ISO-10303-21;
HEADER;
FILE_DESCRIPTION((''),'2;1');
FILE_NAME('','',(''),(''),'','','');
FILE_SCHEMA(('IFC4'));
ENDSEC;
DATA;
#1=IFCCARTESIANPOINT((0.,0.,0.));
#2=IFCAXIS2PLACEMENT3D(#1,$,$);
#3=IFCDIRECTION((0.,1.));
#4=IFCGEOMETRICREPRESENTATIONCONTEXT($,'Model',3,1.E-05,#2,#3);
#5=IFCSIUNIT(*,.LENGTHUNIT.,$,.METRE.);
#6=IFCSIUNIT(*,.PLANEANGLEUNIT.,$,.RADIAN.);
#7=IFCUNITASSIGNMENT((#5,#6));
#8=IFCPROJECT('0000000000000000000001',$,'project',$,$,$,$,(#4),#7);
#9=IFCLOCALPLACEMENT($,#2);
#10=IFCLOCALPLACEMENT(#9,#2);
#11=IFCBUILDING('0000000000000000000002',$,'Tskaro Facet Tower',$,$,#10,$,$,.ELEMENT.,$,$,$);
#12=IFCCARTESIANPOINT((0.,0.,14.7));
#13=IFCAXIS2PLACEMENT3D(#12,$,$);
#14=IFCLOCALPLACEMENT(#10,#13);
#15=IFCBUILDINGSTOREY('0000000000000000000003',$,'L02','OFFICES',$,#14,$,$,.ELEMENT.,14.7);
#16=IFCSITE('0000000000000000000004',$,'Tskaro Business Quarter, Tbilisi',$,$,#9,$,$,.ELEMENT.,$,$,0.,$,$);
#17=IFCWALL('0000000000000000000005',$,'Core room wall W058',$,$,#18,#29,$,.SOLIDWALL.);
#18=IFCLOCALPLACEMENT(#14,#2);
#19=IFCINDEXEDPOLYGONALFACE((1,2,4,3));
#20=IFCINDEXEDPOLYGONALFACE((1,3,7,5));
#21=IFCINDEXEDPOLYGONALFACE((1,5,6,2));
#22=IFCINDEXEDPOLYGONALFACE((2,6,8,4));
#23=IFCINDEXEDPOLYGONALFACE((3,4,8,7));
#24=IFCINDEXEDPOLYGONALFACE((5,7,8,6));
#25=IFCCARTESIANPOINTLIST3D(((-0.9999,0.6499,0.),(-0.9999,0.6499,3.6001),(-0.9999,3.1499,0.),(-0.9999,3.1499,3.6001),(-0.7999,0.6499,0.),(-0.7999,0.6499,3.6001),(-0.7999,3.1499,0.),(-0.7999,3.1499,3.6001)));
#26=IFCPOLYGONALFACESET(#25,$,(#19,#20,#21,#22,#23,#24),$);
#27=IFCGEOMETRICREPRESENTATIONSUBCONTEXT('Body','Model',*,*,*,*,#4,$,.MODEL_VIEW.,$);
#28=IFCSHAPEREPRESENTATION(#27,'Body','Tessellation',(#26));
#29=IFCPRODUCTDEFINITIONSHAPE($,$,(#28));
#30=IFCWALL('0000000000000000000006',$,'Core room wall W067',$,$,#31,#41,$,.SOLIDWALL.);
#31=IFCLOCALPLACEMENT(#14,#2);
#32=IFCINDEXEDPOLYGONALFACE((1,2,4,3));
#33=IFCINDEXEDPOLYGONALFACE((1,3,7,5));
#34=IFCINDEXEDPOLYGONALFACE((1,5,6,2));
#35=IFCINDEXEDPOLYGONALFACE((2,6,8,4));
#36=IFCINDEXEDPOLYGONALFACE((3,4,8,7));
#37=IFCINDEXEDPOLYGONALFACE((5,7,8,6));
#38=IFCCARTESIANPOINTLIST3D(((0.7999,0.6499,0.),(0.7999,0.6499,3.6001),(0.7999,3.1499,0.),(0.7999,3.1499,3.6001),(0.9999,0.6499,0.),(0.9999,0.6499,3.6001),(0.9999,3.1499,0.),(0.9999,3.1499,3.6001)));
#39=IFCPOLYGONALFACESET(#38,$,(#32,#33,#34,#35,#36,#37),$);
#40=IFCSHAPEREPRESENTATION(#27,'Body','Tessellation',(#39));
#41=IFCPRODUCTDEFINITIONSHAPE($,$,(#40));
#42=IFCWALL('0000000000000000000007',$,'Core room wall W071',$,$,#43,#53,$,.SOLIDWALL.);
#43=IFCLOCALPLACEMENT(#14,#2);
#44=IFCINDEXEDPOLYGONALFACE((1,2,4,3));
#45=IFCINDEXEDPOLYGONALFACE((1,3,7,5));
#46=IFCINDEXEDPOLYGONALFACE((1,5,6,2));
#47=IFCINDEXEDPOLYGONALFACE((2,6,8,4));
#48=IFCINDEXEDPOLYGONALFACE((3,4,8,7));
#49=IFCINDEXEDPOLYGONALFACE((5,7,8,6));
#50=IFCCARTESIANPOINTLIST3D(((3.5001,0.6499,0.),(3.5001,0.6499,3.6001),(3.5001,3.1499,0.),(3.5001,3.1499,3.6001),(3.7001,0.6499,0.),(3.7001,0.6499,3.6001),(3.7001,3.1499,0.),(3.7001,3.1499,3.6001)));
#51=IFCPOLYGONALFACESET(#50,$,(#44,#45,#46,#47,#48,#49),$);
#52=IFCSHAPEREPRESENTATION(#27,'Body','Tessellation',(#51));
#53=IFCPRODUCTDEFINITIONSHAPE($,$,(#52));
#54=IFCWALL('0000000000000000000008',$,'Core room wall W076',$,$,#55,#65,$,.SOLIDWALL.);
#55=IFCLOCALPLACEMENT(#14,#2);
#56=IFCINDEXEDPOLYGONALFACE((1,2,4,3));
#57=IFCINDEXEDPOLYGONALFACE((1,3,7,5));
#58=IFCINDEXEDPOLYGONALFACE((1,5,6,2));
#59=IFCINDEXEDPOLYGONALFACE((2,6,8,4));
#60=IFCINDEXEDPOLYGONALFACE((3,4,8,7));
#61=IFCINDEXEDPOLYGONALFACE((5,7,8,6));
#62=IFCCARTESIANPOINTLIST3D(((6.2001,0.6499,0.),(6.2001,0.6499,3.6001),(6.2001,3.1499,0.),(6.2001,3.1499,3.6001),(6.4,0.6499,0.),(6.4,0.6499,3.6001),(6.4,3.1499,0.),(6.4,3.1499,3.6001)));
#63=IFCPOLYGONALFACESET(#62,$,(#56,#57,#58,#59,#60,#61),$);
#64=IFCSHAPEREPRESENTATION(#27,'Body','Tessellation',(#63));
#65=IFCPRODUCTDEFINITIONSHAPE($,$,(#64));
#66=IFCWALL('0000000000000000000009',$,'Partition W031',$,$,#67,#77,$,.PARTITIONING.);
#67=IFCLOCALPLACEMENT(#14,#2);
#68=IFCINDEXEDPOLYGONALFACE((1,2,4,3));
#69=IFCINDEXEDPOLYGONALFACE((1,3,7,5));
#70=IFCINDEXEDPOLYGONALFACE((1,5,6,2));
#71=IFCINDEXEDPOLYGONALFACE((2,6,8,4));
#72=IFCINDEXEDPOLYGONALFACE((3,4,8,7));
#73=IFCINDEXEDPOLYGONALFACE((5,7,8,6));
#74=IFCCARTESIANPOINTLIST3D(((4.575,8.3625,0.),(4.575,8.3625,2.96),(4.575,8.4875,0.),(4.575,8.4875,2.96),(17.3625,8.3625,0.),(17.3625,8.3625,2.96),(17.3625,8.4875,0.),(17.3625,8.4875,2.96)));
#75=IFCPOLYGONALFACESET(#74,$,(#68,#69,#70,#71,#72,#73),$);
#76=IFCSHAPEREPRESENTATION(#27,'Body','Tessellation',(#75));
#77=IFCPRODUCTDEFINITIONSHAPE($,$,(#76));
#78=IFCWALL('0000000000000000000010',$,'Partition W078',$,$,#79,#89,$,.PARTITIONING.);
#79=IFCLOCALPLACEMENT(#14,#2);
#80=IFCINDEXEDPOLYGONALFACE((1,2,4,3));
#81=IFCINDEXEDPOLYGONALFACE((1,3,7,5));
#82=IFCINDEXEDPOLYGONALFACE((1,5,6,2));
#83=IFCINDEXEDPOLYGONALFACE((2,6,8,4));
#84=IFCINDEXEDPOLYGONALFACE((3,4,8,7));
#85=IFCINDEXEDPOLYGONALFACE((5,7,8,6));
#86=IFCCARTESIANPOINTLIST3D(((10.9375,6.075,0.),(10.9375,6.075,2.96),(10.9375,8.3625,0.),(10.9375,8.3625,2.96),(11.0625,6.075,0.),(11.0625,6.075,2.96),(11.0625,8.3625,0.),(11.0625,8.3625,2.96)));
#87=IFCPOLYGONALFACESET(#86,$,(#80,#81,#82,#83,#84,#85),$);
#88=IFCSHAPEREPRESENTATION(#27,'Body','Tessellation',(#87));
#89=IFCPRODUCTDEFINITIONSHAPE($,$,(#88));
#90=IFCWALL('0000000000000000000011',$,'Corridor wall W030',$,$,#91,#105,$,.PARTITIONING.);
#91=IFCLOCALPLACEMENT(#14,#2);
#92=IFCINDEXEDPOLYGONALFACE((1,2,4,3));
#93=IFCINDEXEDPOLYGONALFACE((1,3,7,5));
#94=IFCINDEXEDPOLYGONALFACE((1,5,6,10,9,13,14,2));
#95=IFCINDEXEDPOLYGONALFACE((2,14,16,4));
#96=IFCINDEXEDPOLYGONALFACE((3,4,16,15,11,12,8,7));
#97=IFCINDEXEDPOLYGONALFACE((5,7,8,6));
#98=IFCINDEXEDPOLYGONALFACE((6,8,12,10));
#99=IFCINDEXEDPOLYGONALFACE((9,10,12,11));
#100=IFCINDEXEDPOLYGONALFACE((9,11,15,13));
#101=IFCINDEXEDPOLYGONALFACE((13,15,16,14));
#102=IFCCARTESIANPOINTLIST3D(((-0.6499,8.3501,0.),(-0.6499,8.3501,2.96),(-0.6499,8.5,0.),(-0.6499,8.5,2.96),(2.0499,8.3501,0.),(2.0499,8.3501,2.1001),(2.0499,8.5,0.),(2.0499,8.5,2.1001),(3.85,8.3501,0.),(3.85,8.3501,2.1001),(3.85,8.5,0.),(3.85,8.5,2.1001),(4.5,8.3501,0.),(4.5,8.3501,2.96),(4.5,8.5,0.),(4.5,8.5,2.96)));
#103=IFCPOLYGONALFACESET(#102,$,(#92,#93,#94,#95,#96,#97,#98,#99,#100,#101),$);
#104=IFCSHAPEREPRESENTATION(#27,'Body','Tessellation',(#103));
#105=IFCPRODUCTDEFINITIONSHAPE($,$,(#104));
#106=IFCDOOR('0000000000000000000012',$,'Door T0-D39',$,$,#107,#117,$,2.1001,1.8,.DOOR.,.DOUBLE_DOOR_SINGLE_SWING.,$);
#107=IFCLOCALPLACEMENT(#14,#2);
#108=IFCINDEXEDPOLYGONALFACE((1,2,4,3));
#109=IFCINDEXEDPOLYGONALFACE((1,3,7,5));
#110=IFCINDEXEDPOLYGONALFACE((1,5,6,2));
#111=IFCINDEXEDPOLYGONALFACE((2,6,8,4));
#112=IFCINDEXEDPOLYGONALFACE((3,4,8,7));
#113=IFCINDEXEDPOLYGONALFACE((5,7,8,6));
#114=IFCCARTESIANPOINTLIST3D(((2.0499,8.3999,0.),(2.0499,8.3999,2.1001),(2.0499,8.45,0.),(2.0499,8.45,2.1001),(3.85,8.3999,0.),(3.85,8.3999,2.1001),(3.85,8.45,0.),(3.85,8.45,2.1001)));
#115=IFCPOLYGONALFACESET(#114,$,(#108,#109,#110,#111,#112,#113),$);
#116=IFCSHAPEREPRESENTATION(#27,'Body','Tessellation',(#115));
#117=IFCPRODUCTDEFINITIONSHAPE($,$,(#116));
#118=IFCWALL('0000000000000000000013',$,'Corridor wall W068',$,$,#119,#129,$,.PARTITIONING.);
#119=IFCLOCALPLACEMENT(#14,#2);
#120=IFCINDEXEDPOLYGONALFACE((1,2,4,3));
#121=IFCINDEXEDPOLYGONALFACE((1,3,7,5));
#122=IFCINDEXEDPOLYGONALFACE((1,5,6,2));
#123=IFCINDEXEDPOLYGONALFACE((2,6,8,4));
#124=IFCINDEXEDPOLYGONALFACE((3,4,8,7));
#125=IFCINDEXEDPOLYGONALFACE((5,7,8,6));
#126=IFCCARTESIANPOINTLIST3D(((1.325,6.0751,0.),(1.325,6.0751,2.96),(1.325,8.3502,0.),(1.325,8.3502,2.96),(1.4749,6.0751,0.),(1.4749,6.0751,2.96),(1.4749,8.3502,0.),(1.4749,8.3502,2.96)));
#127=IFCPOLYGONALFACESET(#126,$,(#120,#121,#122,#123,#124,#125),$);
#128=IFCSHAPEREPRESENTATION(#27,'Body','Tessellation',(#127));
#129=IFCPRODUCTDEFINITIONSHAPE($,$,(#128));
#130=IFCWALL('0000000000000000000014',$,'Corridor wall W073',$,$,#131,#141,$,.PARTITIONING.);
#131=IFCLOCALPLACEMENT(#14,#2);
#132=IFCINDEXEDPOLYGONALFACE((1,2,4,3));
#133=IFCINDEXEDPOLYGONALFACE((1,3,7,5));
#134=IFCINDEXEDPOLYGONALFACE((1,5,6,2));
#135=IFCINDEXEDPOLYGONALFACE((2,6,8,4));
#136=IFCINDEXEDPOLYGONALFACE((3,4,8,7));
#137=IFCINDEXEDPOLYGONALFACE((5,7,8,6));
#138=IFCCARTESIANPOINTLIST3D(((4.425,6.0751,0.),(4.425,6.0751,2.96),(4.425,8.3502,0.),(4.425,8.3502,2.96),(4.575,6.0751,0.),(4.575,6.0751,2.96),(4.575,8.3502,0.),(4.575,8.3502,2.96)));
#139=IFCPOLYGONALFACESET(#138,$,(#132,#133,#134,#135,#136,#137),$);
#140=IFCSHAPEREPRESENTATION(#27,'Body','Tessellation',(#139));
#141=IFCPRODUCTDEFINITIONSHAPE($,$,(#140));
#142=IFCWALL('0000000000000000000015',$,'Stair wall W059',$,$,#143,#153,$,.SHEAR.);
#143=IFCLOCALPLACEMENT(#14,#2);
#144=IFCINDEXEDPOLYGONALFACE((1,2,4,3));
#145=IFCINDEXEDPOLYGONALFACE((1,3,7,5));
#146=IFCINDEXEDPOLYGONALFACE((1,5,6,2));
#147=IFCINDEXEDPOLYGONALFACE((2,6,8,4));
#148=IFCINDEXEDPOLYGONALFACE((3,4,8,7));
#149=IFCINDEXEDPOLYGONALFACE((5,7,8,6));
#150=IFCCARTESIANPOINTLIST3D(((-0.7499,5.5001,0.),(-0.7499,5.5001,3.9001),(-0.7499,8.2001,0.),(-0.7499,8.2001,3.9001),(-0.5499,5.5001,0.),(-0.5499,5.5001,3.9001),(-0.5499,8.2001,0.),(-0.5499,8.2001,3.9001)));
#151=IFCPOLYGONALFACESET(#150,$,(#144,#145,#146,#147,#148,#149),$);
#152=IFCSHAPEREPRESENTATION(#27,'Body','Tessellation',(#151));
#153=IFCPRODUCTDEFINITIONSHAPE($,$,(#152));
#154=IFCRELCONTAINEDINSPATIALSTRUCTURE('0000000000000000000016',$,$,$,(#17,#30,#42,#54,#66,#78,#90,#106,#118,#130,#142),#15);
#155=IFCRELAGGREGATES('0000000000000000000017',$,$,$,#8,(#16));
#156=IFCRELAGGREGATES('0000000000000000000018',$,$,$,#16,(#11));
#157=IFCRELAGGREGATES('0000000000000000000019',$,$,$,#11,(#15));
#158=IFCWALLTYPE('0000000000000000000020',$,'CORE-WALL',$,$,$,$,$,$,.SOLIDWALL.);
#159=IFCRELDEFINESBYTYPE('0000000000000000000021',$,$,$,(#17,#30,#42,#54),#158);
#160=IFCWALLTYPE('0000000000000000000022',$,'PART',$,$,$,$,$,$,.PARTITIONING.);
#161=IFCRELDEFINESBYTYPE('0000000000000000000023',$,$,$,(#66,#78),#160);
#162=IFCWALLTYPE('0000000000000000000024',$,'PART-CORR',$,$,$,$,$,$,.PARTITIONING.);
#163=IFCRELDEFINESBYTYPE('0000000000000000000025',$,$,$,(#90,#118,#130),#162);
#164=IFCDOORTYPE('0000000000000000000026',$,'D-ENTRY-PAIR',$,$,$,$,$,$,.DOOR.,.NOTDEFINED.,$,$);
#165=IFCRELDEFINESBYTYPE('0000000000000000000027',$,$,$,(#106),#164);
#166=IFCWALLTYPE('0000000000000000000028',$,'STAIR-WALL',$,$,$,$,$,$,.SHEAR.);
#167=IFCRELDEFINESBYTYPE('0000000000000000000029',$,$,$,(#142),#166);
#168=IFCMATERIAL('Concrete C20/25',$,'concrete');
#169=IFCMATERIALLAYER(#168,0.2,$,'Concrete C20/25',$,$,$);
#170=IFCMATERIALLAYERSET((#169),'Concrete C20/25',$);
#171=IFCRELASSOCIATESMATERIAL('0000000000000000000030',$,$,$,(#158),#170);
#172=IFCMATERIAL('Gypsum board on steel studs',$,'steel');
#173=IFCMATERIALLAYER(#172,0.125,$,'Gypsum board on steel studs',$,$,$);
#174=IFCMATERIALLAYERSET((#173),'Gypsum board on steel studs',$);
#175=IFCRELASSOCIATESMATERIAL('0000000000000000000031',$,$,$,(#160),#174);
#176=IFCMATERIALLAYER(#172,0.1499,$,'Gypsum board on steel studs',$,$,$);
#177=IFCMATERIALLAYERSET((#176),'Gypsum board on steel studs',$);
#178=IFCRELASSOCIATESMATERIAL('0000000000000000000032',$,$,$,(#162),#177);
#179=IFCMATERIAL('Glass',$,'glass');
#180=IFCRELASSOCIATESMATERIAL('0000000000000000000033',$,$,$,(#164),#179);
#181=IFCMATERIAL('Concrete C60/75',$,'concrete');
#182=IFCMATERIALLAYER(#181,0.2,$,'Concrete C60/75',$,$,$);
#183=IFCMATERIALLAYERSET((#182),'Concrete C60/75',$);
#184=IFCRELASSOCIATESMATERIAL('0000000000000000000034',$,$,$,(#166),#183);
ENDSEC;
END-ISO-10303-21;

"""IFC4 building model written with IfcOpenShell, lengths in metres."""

from ifc_helpers import new_model, si_unit, direction, frame, frame_2d, origin, place, context, subcontext, project, spatial, rectangle, extrude, material, layer, layer_set, type_object, element, fill, save


model = new_model("IFC4")

# Units and contexts
model_context = context("Model", 3, precision=1e-05, world=origin(), true_north=direction((0.0, 1.0)))
body_context = subcontext(model_context, "Body", "Model", "MODEL_VIEW")
ifc_project = project(units=[si_unit("LENGTHUNIT", "METRE"), si_unit("PLANEANGLEUNIT", "RADIAN")], contexts=[model_context])

# Site, building, storey
site_placement = place(None, origin())
site = spatial("IfcSite", under=ifc_project, at=site_placement, Name="Tskaro Business Quarter, Tbilisi", CompositionType="ELEMENT", RefElevation=0.0)
building_placement = place(site_placement, origin())
building = spatial("IfcBuilding", under=site, at=building_placement, Name="Tskaro Facet Tower", CompositionType="ELEMENT")
storey_placement = place(building_placement, frame((0.0, 0.0, 14.7)))
storey = spatial("IfcBuildingStorey", under=building, at=storey_placement, Name="L02", Description="OFFICES", CompositionType="ELEMENT", Elevation=14.7)

# Shared definitions
ifc_material_1 = material(Name="Concrete C60/75", Category="concrete")

# Walls
ifc_material_2 = material(Name="Concrete C20/25", Category="concrete")
ifc_layer_1 = layer(ifc_material_2, 0.2, Name="Concrete C20/25")
ifc_layer_set_1 = layer_set([ifc_layer_1], Name="Concrete C20/25")
wall_type_1 = type_object("IfcWallType", Name="CORE-WALL", PredefinedType="SOLIDWALL", material=ifc_layer_set_1)
for number, where, z_axis, x_axis, name in (
    (1, (-0.8999, 0.6499, 0.0), (0.0, 0.0, 1.0), (0.0, 1.0, 0.0), "Core room wall W058"),
    (2, (0.8999, 0.6499, 0.0), (0.0, 0.0, 1.0), (0.0, 1.0, 0.0), "Core room wall W067"),
    (3, (3.6001, 0.6499, 0.0), (0.0, 0.0, 1.0), (0.0, 1.0, 0.0), "Core room wall W071"),
    (4, (6.3, 0.6499, 0.0), (0.0, 0.0, 1.0), (0.0, 1.0, 0.0), "Core room wall W076"),
):
    element("IfcWall", number, at=place(storey_placement, frame(where, z_axis=z_axis, x_axis=x_axis)), inside=storey, type_object=wall_type_1, Name=name, PredefinedType="SOLIDWALL", context=body_context, shape_type="SweptSolid", body=[
        extrude(rectangle(XDim=2.5, YDim=0.2, at=frame_2d((1.25, 0.0))), origin(), (0.0, 0.0, 1.0), 3.6001),
    ])
ifc_material_3 = material(Name="Gypsum board on steel studs", Category="steel")
ifc_layer_2 = layer(ifc_material_3, 0.125, Name="Gypsum board on steel studs")
ifc_layer_set_2 = layer_set([ifc_layer_2], Name="Gypsum board on steel studs")
wall_type_2 = type_object("IfcWallType", Name="PART", PredefinedType="PARTITIONING", material=ifc_layer_set_2)
wall_1_placement = place(storey_placement, frame((4.575, 8.425, 0.0), z_axis=(0.0, 0.0, 1.0), x_axis=(1.0, 0.0, 0.0)))
element("IfcWall", 5, at=wall_1_placement, inside=storey, type_object=wall_type_2, Name="Partition W031", PredefinedType="PARTITIONING", context=body_context, shape_type="SweptSolid", body=[
    extrude(rectangle(XDim=12.7876, YDim=0.125, at=frame_2d((6.3938, 0.0))), origin(), (0.0, 0.0, 1.0), 2.96),
])
wall_2_placement = place(storey_placement, frame((11.0, 6.075, 0.0), z_axis=(0.0, 0.0, 1.0), x_axis=(0.0, 1.0, 0.0)))
element("IfcWall", 6, at=wall_2_placement, inside=storey, type_object=wall_type_2, Name="Partition W078", PredefinedType="PARTITIONING", context=body_context, shape_type="SweptSolid", body=[
    extrude(rectangle(XDim=2.2876, YDim=0.125, at=frame_2d((1.1438, 0.0))), origin(), (0.0, 0.0, 1.0), 2.96),
])

# Wall, opening, door
ifc_layer_3 = layer(ifc_material_3, 0.1499, Name="Gypsum board on steel studs")
ifc_layer_set_3 = layer_set([ifc_layer_3], Name="Gypsum board on steel studs")
wall_type_3 = type_object("IfcWallType", Name="PART-CORR", PredefinedType="PARTITIONING", material=ifc_layer_set_3)
wall_3_placement = place(storey_placement, frame((-0.6499, 8.425, 0.0), z_axis=(0.0, 0.0, 1.0), x_axis=(1.0, 0.0, 0.0)))
wall_3 = element("IfcWall", 7, at=wall_3_placement, inside=storey, type_object=wall_type_3, Name="Corridor wall W030", PredefinedType="PARTITIONING", context=body_context, shape_type="SweptSolid", body=[
    extrude(rectangle(XDim=5.1499, YDim=0.1499, at=frame_2d((2.575, 0.0))), origin(), (0.0, 0.0, 1.0), 2.96),
])
opening_placement = place(wall_3_placement, frame((2.7, 0.0, 0.0)))
opening = element("IfcOpeningElement", 8, at=opening_placement, cuts=wall_3, PredefinedType="OPENING", context=body_context, shape_type="SweptSolid", body=[
    extrude(rectangle(XDim=1.8, YDim=2.1001, at=frame_2d((0.8999, 1.05))), frame((0.0, 0.085, 0.0), z_axis=(0.0, -1.0, 0.0), x_axis=(1.0, 0.0, 0.0)), (0.0, 0.0, 1.0), 0.1699),
])
ifc_material_4 = material(Name="Glass", Category="glass")
door_type = type_object("IfcDoorType", Name="D-ENTRY-PAIR", OperationType="NOTDEFINED", PredefinedType="DOOR", material=ifc_material_4)
door_placement = place(opening_placement, origin())
door = element("IfcDoor", 9, at=door_placement, inside=storey, type_object=door_type, Name="Door T0-D39", OperationType="DOUBLE_DOOR_SINGLE_SWING", OverallHeight=2.1001, OverallWidth=1.8, PredefinedType="DOOR", context=body_context, shape_type="SweptSolid", body=[
    extrude(rectangle(XDim=1.8, YDim=2.1001, at=frame_2d((0.8999, 1.05))), frame((0.0, 0.0249, 0.0), z_axis=(0.0, -1.0, 0.0), x_axis=(1.0, 0.0, 0.0)), (0.0, 0.0, 1.0), 0.05),
])
fill(opening, door)

# Walls
for number, where, z_axis, x_axis, name in (
    (10, (1.3999, 6.075, 0.0), (0.0, 0.0, 1.0), (0.0, 1.0, 0.0), "Corridor wall W068"),
    (11, (4.5, 6.075, 0.0), (0.0, 0.0, 1.0), (0.0, 1.0, 0.0), "Corridor wall W073"),
):
    element("IfcWall", number, at=place(storey_placement, frame(where, z_axis=z_axis, x_axis=x_axis)), inside=storey, type_object=wall_type_3, Name=name, PredefinedType="PARTITIONING", context=body_context, shape_type="SweptSolid", body=[
        extrude(rectangle(XDim=2.2751, YDim=0.1499, at=frame_2d((1.1377, 0.0))), origin(), (0.0, 0.0, 1.0), 2.96),
    ])
ifc_layer_4 = layer(ifc_material_1, 0.2, Name="Concrete C60/75")
ifc_layer_set_4 = layer_set([ifc_layer_4], Name="Concrete C60/75")
wall_type_4 = type_object("IfcWallType", Name="STAIR-WALL", PredefinedType="SHEAR", material=ifc_layer_set_4)
wall_4_placement = place(storey_placement, frame((-0.6499, 5.5, 0.0), z_axis=(0.0, 0.0, 1.0), x_axis=(0.0, 1.0, 0.0)))
element("IfcWall", 12, at=wall_4_placement, inside=storey, type_object=wall_type_4, Name="Stair wall W059", PredefinedType="SHEAR", context=body_context, shape_type="SweptSolid", body=[
    extrude(rectangle(XDim=2.7, YDim=0.2, at=frame_2d((1.3501, 0.0))), origin(), (0.0, 0.0, 1.0), 3.9001),
])

save(model, "model.ifc")
